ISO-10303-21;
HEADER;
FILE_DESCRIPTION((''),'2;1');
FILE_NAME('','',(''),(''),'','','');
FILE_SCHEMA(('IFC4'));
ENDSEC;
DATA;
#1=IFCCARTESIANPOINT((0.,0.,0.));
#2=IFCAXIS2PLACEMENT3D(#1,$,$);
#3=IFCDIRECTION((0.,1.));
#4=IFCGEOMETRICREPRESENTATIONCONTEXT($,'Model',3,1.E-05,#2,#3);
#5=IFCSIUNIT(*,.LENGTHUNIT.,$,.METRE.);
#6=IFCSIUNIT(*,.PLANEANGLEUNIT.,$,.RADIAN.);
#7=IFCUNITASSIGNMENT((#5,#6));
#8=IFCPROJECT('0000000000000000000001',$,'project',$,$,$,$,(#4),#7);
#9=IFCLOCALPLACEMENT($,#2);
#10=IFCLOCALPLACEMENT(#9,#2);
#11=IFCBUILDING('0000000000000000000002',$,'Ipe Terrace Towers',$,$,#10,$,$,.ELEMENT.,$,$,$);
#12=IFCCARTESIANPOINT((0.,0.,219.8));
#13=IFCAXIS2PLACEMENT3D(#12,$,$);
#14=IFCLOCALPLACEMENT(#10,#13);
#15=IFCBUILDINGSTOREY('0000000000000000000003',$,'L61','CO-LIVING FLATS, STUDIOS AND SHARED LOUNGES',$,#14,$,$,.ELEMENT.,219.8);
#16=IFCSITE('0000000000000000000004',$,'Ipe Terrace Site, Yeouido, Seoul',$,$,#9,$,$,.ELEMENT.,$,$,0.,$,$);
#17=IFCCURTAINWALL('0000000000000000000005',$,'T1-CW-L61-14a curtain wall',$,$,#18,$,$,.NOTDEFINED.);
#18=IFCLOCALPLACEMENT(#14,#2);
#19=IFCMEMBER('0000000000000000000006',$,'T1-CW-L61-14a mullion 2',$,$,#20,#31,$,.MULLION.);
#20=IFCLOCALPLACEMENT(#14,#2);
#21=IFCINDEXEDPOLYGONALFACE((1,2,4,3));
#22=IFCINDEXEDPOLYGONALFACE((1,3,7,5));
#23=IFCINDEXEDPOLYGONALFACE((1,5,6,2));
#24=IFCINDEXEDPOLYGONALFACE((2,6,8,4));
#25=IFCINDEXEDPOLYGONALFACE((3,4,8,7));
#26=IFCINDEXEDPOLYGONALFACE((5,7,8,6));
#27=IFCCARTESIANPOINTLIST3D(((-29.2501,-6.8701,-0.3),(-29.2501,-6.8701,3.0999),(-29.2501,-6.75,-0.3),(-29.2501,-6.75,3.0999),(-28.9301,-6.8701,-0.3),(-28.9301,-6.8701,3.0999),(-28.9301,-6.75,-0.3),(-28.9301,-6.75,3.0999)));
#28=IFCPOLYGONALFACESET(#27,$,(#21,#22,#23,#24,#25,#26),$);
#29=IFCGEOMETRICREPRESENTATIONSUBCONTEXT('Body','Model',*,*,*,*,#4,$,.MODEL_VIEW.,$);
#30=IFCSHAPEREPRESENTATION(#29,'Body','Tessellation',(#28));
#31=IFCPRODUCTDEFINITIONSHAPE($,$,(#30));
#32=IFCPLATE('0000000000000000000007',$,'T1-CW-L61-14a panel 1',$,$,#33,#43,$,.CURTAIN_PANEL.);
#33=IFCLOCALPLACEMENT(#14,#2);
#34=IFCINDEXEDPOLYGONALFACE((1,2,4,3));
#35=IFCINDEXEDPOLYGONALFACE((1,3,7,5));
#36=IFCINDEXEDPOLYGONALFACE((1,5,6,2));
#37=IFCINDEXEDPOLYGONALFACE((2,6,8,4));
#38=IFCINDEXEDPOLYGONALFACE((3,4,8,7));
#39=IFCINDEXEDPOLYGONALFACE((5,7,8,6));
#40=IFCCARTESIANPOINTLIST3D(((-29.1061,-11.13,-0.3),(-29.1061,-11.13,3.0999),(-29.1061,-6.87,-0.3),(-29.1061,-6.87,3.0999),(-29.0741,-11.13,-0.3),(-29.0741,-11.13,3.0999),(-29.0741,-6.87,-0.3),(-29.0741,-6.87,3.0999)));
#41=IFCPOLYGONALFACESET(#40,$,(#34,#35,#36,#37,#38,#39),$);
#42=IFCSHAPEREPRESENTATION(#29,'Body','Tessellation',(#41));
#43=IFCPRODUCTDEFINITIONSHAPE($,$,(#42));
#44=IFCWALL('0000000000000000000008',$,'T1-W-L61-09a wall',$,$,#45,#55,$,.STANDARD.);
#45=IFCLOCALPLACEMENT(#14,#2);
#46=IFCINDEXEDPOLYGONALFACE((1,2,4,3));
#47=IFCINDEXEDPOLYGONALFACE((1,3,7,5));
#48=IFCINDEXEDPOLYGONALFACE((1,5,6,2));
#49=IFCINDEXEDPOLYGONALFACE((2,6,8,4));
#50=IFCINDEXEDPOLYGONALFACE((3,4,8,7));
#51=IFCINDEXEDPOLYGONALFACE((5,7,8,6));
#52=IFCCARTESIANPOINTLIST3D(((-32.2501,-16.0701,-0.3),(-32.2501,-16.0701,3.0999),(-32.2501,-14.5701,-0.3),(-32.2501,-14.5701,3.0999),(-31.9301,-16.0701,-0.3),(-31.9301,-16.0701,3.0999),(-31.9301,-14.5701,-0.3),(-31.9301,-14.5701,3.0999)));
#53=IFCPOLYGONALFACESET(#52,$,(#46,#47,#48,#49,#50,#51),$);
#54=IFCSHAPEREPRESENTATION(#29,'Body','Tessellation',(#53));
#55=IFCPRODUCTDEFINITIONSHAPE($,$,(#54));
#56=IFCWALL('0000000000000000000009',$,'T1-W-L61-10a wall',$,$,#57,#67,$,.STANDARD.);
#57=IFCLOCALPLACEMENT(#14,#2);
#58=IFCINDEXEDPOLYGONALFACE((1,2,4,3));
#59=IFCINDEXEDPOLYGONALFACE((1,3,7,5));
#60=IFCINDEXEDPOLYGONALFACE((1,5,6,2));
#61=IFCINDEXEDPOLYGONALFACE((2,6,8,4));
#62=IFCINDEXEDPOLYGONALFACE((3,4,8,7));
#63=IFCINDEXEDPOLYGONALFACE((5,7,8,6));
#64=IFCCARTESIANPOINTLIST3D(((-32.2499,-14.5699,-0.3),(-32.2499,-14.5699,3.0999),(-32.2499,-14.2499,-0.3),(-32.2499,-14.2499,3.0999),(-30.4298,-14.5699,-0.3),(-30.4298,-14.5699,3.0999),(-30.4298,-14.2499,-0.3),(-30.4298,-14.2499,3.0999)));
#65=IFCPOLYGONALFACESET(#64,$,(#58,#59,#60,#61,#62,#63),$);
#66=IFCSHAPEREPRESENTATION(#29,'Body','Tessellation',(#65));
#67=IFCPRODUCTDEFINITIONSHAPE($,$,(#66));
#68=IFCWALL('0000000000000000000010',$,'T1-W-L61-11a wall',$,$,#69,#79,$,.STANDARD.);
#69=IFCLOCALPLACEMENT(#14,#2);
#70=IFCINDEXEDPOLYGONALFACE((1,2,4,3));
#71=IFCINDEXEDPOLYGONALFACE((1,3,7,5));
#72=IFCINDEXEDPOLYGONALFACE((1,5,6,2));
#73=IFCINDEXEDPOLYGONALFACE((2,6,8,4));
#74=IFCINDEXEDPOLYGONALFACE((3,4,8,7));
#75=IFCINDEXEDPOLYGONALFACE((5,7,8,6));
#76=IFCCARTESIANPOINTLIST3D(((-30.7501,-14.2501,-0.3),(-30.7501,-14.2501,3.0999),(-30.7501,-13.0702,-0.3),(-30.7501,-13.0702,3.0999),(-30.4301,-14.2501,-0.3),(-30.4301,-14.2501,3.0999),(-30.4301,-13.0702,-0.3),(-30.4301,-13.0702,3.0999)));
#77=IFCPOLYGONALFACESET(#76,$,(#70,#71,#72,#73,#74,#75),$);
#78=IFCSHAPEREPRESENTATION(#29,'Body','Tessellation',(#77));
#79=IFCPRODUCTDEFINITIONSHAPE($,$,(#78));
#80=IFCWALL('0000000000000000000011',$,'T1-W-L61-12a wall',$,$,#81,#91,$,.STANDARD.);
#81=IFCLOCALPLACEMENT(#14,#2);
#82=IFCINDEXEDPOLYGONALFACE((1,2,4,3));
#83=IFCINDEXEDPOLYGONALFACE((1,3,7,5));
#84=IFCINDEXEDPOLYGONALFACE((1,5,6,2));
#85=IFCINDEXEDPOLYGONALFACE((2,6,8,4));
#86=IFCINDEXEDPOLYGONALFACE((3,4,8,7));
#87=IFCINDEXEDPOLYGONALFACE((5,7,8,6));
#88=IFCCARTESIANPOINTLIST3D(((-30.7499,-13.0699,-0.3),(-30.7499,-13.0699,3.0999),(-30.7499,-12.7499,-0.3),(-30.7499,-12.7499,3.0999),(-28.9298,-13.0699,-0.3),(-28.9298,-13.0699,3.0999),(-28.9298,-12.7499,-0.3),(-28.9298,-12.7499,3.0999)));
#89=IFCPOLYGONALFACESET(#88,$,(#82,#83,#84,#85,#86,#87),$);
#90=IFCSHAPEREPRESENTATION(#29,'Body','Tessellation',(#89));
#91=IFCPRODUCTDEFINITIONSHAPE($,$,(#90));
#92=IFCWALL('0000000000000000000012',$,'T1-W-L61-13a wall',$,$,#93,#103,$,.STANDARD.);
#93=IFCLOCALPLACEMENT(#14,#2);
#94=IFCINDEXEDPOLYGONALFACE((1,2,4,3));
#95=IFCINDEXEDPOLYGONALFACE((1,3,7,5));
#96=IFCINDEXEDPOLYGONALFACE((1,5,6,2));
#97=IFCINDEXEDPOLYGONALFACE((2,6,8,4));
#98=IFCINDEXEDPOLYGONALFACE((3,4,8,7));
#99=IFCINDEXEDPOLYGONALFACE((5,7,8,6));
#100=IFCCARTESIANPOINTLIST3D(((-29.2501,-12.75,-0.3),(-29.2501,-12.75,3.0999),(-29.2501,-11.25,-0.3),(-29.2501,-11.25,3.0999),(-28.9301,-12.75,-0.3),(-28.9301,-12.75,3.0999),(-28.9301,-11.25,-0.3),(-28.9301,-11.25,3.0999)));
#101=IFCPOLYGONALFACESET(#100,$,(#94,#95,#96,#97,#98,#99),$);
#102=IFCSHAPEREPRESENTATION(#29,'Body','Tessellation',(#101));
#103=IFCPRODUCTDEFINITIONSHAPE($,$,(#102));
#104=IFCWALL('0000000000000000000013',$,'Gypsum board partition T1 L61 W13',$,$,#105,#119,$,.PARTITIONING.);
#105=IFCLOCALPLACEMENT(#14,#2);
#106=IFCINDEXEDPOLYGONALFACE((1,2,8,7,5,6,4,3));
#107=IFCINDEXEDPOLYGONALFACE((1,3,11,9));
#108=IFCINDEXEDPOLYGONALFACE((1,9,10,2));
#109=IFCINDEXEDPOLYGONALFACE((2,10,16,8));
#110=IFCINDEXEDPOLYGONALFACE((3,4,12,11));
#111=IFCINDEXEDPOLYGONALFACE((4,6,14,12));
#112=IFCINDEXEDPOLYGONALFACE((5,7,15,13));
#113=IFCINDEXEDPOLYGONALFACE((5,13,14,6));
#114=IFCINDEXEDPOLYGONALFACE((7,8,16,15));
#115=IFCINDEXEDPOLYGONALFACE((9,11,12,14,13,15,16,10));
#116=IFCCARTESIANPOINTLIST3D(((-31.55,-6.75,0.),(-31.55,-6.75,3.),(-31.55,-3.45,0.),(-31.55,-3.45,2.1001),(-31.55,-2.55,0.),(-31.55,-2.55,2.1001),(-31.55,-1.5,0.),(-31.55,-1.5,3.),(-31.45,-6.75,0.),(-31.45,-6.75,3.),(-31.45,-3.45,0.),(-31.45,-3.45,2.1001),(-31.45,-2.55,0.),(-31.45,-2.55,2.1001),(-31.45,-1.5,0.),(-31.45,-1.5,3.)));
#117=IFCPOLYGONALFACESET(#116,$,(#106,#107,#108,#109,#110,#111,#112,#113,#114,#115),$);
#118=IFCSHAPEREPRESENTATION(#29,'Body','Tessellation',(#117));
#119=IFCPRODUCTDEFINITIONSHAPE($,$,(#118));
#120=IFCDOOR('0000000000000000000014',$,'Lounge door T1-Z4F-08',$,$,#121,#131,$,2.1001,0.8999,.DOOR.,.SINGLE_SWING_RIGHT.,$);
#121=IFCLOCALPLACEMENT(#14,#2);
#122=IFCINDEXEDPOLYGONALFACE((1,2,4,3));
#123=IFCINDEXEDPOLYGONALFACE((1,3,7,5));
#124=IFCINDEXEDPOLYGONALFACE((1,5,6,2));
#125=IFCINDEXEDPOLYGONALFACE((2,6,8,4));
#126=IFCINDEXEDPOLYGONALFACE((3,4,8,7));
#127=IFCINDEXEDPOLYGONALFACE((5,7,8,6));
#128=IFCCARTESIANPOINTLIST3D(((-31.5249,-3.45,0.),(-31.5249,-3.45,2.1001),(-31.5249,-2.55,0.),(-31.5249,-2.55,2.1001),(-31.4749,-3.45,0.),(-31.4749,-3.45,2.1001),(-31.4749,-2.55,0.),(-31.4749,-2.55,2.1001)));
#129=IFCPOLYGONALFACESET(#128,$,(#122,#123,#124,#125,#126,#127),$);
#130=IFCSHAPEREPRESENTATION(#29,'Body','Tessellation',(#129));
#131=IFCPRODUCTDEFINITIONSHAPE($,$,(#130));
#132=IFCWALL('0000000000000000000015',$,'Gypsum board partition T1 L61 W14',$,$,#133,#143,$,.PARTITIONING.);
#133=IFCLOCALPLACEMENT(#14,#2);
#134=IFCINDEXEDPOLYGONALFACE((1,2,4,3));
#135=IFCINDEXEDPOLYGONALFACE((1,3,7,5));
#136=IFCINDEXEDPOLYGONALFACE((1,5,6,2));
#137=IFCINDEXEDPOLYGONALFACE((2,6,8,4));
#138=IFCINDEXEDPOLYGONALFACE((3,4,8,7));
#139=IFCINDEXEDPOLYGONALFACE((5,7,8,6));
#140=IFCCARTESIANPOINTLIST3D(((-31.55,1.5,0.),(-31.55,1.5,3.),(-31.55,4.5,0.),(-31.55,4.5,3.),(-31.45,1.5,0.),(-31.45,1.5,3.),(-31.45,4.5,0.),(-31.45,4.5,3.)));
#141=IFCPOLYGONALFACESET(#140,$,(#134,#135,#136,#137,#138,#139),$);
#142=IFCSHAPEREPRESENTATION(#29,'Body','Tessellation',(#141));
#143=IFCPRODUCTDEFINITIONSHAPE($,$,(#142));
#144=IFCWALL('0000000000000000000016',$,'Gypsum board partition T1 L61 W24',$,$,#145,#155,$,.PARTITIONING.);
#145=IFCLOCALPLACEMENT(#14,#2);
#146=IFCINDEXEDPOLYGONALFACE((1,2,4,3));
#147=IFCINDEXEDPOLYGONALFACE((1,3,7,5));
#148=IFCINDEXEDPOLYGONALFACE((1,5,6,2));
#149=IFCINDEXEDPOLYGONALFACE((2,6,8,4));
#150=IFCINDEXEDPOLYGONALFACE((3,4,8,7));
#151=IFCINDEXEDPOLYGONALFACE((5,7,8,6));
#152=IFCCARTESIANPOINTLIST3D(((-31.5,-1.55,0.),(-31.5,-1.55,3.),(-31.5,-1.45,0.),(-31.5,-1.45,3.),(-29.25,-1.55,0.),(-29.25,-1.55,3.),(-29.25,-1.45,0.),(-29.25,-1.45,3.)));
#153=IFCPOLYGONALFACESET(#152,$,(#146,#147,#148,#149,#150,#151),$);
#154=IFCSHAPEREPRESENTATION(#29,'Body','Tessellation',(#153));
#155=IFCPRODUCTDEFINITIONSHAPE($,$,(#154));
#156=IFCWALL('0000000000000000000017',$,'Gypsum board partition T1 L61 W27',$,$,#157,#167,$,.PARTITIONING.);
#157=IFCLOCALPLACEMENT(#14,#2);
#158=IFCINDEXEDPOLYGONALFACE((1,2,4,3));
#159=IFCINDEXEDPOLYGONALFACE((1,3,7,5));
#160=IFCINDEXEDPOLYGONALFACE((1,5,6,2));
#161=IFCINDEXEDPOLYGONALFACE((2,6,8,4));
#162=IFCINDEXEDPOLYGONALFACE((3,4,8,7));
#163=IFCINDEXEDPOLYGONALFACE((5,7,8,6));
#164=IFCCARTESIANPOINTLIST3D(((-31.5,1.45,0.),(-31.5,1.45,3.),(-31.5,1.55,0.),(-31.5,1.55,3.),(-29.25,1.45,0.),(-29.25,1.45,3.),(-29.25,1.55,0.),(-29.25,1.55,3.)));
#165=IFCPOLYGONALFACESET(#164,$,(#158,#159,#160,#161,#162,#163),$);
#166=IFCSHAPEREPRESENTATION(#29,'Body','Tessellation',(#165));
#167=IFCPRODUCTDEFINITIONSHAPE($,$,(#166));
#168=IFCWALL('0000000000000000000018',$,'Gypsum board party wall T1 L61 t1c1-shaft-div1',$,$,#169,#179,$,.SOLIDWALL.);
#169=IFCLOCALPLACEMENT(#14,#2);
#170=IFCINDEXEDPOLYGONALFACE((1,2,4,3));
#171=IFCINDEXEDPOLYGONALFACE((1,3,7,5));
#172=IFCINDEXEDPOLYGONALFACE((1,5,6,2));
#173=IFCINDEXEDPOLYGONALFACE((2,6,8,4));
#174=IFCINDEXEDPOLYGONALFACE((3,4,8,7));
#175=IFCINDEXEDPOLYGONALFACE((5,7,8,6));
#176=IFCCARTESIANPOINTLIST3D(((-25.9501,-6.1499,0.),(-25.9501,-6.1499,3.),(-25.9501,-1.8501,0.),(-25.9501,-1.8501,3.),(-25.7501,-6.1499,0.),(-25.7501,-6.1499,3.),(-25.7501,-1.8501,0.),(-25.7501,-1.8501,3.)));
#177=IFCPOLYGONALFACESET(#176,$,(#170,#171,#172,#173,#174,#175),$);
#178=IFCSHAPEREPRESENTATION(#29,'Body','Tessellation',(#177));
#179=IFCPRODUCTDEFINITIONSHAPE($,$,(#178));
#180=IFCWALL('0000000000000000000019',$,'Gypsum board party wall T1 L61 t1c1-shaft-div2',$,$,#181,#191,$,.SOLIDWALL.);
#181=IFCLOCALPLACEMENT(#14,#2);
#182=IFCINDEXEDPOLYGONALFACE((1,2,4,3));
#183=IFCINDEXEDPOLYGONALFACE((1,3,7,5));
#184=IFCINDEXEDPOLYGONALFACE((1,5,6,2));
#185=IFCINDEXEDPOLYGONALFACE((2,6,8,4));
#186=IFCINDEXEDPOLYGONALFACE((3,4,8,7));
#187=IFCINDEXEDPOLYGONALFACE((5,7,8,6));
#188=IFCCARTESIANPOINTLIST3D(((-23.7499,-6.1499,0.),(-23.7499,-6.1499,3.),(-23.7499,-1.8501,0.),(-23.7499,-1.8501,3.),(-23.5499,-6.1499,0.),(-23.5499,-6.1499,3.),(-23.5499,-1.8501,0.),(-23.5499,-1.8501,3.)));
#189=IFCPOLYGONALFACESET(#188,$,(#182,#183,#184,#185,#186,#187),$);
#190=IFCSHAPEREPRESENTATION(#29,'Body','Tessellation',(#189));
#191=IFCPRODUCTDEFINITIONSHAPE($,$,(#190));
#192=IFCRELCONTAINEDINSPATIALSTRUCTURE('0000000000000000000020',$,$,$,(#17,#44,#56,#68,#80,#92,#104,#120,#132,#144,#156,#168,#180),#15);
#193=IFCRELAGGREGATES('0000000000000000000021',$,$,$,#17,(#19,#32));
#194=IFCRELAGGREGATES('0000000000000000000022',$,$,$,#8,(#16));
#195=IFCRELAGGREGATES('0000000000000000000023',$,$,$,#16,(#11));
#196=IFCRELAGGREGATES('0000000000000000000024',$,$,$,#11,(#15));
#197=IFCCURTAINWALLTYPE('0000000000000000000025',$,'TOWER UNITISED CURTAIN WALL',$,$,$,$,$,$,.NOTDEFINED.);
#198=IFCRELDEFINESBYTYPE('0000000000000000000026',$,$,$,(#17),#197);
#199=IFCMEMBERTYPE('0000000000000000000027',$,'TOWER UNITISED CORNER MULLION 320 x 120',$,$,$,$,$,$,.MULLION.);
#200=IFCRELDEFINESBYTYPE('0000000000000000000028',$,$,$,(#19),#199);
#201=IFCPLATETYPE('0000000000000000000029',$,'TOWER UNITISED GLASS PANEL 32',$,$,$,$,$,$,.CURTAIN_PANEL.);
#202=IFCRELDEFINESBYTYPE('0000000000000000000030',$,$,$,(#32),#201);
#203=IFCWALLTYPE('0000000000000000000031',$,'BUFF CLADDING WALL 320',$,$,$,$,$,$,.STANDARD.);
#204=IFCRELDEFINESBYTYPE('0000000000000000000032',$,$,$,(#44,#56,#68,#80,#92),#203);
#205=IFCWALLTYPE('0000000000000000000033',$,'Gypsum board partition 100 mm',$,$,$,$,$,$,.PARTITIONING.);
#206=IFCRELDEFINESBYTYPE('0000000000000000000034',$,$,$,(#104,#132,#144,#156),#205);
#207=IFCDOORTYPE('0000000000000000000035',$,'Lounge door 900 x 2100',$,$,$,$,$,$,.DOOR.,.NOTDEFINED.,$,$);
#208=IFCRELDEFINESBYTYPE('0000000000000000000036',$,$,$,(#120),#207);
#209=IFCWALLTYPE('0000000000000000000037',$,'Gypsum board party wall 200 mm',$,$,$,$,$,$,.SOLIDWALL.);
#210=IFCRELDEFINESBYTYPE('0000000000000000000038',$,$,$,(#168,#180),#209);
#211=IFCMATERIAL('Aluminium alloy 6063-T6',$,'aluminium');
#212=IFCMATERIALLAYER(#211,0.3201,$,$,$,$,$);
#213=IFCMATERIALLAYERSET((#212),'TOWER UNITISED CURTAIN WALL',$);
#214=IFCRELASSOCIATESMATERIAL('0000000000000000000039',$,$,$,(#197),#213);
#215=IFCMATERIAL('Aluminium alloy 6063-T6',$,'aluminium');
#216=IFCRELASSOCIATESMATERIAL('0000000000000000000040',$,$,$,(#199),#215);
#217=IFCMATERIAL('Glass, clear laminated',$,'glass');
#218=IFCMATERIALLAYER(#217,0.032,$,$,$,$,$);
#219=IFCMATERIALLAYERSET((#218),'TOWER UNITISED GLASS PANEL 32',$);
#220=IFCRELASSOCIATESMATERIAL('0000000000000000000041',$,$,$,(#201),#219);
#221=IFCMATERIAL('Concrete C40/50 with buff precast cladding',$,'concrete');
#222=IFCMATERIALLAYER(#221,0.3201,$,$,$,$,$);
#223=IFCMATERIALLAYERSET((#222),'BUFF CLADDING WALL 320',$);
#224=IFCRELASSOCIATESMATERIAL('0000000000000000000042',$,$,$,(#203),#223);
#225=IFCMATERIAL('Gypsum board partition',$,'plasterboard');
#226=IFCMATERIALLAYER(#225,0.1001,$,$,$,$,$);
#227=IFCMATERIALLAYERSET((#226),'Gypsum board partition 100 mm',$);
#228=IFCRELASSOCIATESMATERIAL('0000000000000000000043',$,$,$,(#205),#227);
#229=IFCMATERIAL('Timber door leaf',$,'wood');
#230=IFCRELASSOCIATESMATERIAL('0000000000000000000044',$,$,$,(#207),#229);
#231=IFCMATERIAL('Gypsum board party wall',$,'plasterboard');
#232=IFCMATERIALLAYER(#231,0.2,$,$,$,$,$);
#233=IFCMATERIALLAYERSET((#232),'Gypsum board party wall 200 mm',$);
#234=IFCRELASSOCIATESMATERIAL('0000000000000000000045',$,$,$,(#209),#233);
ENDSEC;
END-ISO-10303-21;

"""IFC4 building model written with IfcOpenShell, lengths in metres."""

from ifc_helpers import new_model, si_unit, direction, frame, frame_2d, origin, origin_2d, place, context, subcontext, project, spatial, rectangle, extrude, material, layer, layer_set, material_profile, profile_set, type_object, element, fill, aggregate, save


model = new_model("IFC4")

# Units and contexts
model_context = context("Model", 3, precision=1e-05, world=origin(), true_north=direction((0.0, 1.0)))
body_context = subcontext(model_context, "Body", "Model", "MODEL_VIEW")
ifc_project = project(units=[si_unit("LENGTHUNIT", "METRE"), si_unit("PLANEANGLEUNIT", "RADIAN")], contexts=[model_context])

# Site, building, storey
site_placement = place(None, origin())
site = spatial("IfcSite", under=ifc_project, at=site_placement, Name="Ipe Terrace Site, Yeouido, Seoul", CompositionType="ELEMENT", RefElevation=0.0)
building_placement = place(site_placement, origin())
building = spatial("IfcBuilding", under=site, at=building_placement, Name="Ipe Terrace Towers", CompositionType="ELEMENT")
storey_placement = place(building_placement, frame((0.0, 0.0, 219.8)))
storey = spatial("IfcBuildingStorey", under=building, at=storey_placement, Name="L61", Description="CO-LIVING FLATS, STUDIOS AND SHARED LOUNGES", CompositionType="ELEMENT", Elevation=219.8)

# Curtain wall, member, plate
ifc_material_1 = material(Name="Aluminium alloy 6063-T6", Category="aluminium")
ifc_layer_1 = layer(ifc_material_1, 0.3201)
ifc_layer_set_1 = layer_set([ifc_layer_1], Name="TOWER UNITISED CURTAIN WALL")
curtain_wall_type = type_object("IfcCurtainWallType", Name="TOWER UNITISED CURTAIN WALL", PredefinedType="NOTDEFINED", material=ifc_layer_set_1)
curtain_wall_placement = place(storey_placement, origin())
curtain_wall = element("IfcCurtainWall", 1, at=curtain_wall_placement, inside=storey, type_object=curtain_wall_type, Name="T1-CW-L61-14a curtain wall", PredefinedType="NOTDEFINED")
ifc_material_2 = material(Name="Aluminium alloy 6063-T6", Category="aluminium")
ifc_material_profile_1 = material_profile(ifc_material_2, rectangle(XDim=0.3201, YDim=0.1201, at=origin_2d()), Name="TOWER UNITISED CORNER MULLION 320 x 120")
ifc_profile_set_1 = profile_set([ifc_material_profile_1], Name="Aluminium alloy 6063-T6")
member_type = type_object("IfcMemberType", Name="TOWER UNITISED CORNER MULLION 320 x 120", PredefinedType="MULLION", material=ifc_profile_set_1)
member_1_placement = place(storey_placement, frame((-29.0901, -6.8101, -0.3), z_axis=(0.0, 0.0, 1.0), x_axis=(1.0, 0.0, 0.0)))
member_1 = element("IfcMember", 2, at=member_1_placement, type_object=member_type, Name="T1-CW-L61-14a mullion 2", PredefinedType="MULLION", context=body_context, shape_type="SweptSolid", body=[
    extrude(rectangle(XDim=0.3201, YDim=0.1201, at=origin_2d()), origin(), (0.0, 0.0, 1.0), 3.3999),
])
ifc_material_3 = material(Name="Glass, clear laminated", Category="glass")
ifc_layer_2 = layer(ifc_material_3, 0.032)
ifc_layer_set_2 = layer_set([ifc_layer_2], Name="TOWER UNITISED GLASS PANEL 32")
plate_type = type_object("IfcPlateType", Name="TOWER UNITISED GLASS PANEL 32", PredefinedType="CURTAIN_PANEL", material=ifc_layer_set_2)
plate_placement = place(storey_placement, frame((-29.0901, -9.0, -0.3), z_axis=(0.0, 0.0, 1.0), x_axis=(0.0, 1.0, 0.0)))
plate = element("IfcPlate", 3, at=plate_placement, type_object=plate_type, Name="T1-CW-L61-14a panel 1", PredefinedType="CURTAIN_PANEL", context=body_context, shape_type="SweptSolid", body=[
    extrude(rectangle(XDim=4.26, YDim=0.032, at=origin_2d()), origin(), (0.0, 0.0, 1.0), 3.3999),
])
aggregate(curtain_wall, [member_1, plate])

# Walls
ifc_material_4 = material(Name="Concrete C40/50 with buff precast cladding", Category="concrete")
ifc_layer_3 = layer(ifc_material_4, 0.3201)
ifc_layer_set_3 = layer_set([ifc_layer_3], Name="BUFF CLADDING WALL 320")
wall_type_1 = type_object("IfcWallType", Name="BUFF CLADDING WALL 320", PredefinedType="STANDARD", material=ifc_layer_set_3)
wall_1_placement = place(storey_placement, frame((-32.0901, -16.0701, -0.3), z_axis=(0.0, 0.0, 1.0), x_axis=(0.0, 1.0, 0.0)))
element("IfcWall", 4, at=wall_1_placement, inside=storey, type_object=wall_type_1, Name="T1-W-L61-09a wall", PredefinedType="STANDARD", context=body_context, shape_type="SweptSolid", body=[
    extrude(rectangle(XDim=1.5, YDim=0.3201, at=frame_2d((0.75, 0.0))), origin(), (0.0, 0.0, 1.0), 3.3999),
])
wall_2_placement = place(storey_placement, frame((-32.25, -14.4099, -0.3), z_axis=(0.0, 0.0, 1.0), x_axis=(1.0, 0.0, 0.0)))
element("IfcWall", 5, at=wall_2_placement, inside=storey, type_object=wall_type_1, Name="T1-W-L61-10a wall", PredefinedType="STANDARD", context=body_context, shape_type="SweptSolid", body=[
    extrude(rectangle(XDim=1.8201, YDim=0.3201, at=frame_2d((0.9102, 0.0))), origin(), (0.0, 0.0, 1.0), 3.3999),
])
wall_3_placement = place(storey_placement, frame((-30.5901, -14.25, -0.3), z_axis=(0.0, 0.0, 1.0), x_axis=(0.0, 1.0, 0.0)))
element("IfcWall", 6, at=wall_3_placement, inside=storey, type_object=wall_type_1, Name="T1-W-L61-11a wall", PredefinedType="STANDARD", context=body_context, shape_type="SweptSolid", body=[
    extrude(rectangle(XDim=1.1799, YDim=0.3201, at=frame_2d((0.5898, 0.0))), origin(), (0.0, 0.0, 1.0), 3.3999),
])
wall_4_placement = place(storey_placement, frame((-30.75, -12.9099, -0.3), z_axis=(0.0, 0.0, 1.0), x_axis=(1.0, 0.0, 0.0)))
element("IfcWall", 7, at=wall_4_placement, inside=storey, type_object=wall_type_1, Name="T1-W-L61-12a wall", PredefinedType="STANDARD", context=body_context, shape_type="SweptSolid", body=[
    extrude(rectangle(XDim=1.8201, YDim=0.3201, at=frame_2d((0.9102, 0.0))), origin(), (0.0, 0.0, 1.0), 3.3999),
])
wall_5_placement = place(storey_placement, frame((-29.0901, -12.75, -0.3), z_axis=(0.0, 0.0, 1.0), x_axis=(0.0, 1.0, 0.0)))
element("IfcWall", 8, at=wall_5_placement, inside=storey, type_object=wall_type_1, Name="T1-W-L61-13a wall", PredefinedType="STANDARD", context=body_context, shape_type="SweptSolid", body=[
    extrude(rectangle(XDim=1.5, YDim=0.3201, at=frame_2d((0.75, 0.0))), origin(), (0.0, 0.0, 1.0), 3.3999),
])

# Wall, opening, door
ifc_material_5 = material(Name="Gypsum board partition", Category="plasterboard")
ifc_layer_4 = layer(ifc_material_5, 0.1001)
ifc_layer_set_4 = layer_set([ifc_layer_4], Name="Gypsum board partition 100 mm")
wall_type_2 = type_object("IfcWallType", Name="Gypsum board partition 100 mm", PredefinedType="PARTITIONING", material=ifc_layer_set_4)
wall_6_placement = place(storey_placement, frame((-31.5, -6.75, 0.0), z_axis=(0.0, 0.0, 1.0), x_axis=(0.0, 1.0, 0.0)))
wall_6 = element("IfcWall", 9, at=wall_6_placement, inside=storey, type_object=wall_type_2, Name="Gypsum board partition T1 L61 W13", PredefinedType="PARTITIONING", context=body_context, shape_type="SweptSolid", body=[
    extrude(rectangle(XDim=5.25, YDim=0.1001, at=frame_2d((2.625, 0.0))), origin(), (0.0, 0.0, 1.0), 3.0),
])
opening_1_placement = place(wall_6_placement, frame((3.3, 0.0, 0.0)))
opening_1 = element("IfcOpeningElement", 10, at=opening_1_placement, cuts=wall_6, PredefinedType="OPENING", context=body_context, shape_type="SweptSolid", body=[
    extrude(rectangle(XDim=0.8999, YDim=2.1001, at=frame_2d((0.45, 1.05))), frame((0.0, 0.0601, 0.0), z_axis=(0.0, -1.0, 0.0), x_axis=(1.0, 0.0, 0.0)), (0.0, 0.0, 1.0), 0.1201),
])
ifc_material_6 = material(Name="Timber door leaf", Category="wood")
door_type_1 = type_object("IfcDoorType", Name="Lounge door 900 x 2100", OperationType="NOTDEFINED", PredefinedType="DOOR", material=ifc_material_6)
door_1_placement = place(opening_1_placement, origin())
door_1 = element("IfcDoor", 11, at=door_1_placement, inside=storey, type_object=door_type_1, Name="Lounge door T1-Z4F-08", OperationType="SINGLE_SWING_RIGHT", OverallHeight=2.1001, OverallWidth=0.8999, PredefinedType="DOOR", context=body_context, shape_type="SweptSolid", body=[
    extrude(rectangle(XDim=0.8999, YDim=2.1001, at=frame_2d((0.45, 1.05))), frame((0.0, 0.0249, 0.0), z_axis=(0.0, -1.0, 0.0), x_axis=(1.0, 0.0, 0.0)), (0.0, 0.0, 1.0), 0.05),
])
fill(opening_1, door_1)

# Walls
wall_7_placement = place(storey_placement, frame((-31.5, 1.5, 0.0), z_axis=(0.0, 0.0, 1.0), x_axis=(0.0, 1.0, 0.0)))
element("IfcWall", 12, at=wall_7_placement, inside=storey, type_object=wall_type_2, Name="Gypsum board partition T1 L61 W14", PredefinedType="PARTITIONING", context=body_context, shape_type="SweptSolid", body=[
    extrude(rectangle(XDim=3.0, YDim=0.1001, at=frame_2d((1.5, 0.0))), origin(), (0.0, 0.0, 1.0), 3.0),
])
for number, where, z_axis, x_axis, name in (
    (13, (-31.5, -1.5, 0.0), (0.0, 0.0, 1.0), (1.0, 0.0, 0.0), "Gypsum board partition T1 L61 W24"),
    (14, (-31.5, 1.5, 0.0), (0.0, 0.0, 1.0), (1.0, 0.0, 0.0), "Gypsum board partition T1 L61 W27"),
):
    element("IfcWall", number, at=place(storey_placement, frame(where, z_axis=z_axis, x_axis=x_axis)), inside=storey, type_object=wall_type_2, Name=name, PredefinedType="PARTITIONING", context=body_context, shape_type="SweptSolid", body=[
        extrude(rectangle(XDim=2.25, YDim=0.1001, at=frame_2d((1.125, 0.0))), origin(), (0.0, 0.0, 1.0), 3.0),
    ])
ifc_material_7 = material(Name="Gypsum board party wall", Category="plasterboard")
ifc_layer_5 = layer(ifc_material_7, 0.2)
ifc_layer_set_5 = layer_set([ifc_layer_5], Name="Gypsum board party wall 200 mm")
wall_type_3 = type_object("IfcWallType", Name="Gypsum board party wall 200 mm", PredefinedType="SOLIDWALL", material=ifc_layer_set_5)
for number, where, z_axis, x_axis, name in (
    (15, (-25.8501, -6.1499, 0.0), (0.0, 0.0, 1.0), (0.0, 1.0, 0.0), "Gypsum board party wall T1 L61 t1c1-shaft-div1"),
    (16, (-23.6499, -6.1499, 0.0), (0.0, 0.0, 1.0), (0.0, 1.0, 0.0), "Gypsum board party wall T1 L61 t1c1-shaft-div2"),
):
    element("IfcWall", number, at=place(storey_placement, frame(where, z_axis=z_axis, x_axis=x_axis)), inside=storey, type_object=wall_type_3, Name=name, PredefinedType="SOLIDWALL", context=body_context, shape_type="SweptSolid", body=[
        extrude(rectangle(XDim=4.2998, YDim=0.2, at=frame_2d((2.1499, 0.0))), origin(), (0.0, 0.0, 1.0), 3.0),
    ])

save(model, "model.ifc")
